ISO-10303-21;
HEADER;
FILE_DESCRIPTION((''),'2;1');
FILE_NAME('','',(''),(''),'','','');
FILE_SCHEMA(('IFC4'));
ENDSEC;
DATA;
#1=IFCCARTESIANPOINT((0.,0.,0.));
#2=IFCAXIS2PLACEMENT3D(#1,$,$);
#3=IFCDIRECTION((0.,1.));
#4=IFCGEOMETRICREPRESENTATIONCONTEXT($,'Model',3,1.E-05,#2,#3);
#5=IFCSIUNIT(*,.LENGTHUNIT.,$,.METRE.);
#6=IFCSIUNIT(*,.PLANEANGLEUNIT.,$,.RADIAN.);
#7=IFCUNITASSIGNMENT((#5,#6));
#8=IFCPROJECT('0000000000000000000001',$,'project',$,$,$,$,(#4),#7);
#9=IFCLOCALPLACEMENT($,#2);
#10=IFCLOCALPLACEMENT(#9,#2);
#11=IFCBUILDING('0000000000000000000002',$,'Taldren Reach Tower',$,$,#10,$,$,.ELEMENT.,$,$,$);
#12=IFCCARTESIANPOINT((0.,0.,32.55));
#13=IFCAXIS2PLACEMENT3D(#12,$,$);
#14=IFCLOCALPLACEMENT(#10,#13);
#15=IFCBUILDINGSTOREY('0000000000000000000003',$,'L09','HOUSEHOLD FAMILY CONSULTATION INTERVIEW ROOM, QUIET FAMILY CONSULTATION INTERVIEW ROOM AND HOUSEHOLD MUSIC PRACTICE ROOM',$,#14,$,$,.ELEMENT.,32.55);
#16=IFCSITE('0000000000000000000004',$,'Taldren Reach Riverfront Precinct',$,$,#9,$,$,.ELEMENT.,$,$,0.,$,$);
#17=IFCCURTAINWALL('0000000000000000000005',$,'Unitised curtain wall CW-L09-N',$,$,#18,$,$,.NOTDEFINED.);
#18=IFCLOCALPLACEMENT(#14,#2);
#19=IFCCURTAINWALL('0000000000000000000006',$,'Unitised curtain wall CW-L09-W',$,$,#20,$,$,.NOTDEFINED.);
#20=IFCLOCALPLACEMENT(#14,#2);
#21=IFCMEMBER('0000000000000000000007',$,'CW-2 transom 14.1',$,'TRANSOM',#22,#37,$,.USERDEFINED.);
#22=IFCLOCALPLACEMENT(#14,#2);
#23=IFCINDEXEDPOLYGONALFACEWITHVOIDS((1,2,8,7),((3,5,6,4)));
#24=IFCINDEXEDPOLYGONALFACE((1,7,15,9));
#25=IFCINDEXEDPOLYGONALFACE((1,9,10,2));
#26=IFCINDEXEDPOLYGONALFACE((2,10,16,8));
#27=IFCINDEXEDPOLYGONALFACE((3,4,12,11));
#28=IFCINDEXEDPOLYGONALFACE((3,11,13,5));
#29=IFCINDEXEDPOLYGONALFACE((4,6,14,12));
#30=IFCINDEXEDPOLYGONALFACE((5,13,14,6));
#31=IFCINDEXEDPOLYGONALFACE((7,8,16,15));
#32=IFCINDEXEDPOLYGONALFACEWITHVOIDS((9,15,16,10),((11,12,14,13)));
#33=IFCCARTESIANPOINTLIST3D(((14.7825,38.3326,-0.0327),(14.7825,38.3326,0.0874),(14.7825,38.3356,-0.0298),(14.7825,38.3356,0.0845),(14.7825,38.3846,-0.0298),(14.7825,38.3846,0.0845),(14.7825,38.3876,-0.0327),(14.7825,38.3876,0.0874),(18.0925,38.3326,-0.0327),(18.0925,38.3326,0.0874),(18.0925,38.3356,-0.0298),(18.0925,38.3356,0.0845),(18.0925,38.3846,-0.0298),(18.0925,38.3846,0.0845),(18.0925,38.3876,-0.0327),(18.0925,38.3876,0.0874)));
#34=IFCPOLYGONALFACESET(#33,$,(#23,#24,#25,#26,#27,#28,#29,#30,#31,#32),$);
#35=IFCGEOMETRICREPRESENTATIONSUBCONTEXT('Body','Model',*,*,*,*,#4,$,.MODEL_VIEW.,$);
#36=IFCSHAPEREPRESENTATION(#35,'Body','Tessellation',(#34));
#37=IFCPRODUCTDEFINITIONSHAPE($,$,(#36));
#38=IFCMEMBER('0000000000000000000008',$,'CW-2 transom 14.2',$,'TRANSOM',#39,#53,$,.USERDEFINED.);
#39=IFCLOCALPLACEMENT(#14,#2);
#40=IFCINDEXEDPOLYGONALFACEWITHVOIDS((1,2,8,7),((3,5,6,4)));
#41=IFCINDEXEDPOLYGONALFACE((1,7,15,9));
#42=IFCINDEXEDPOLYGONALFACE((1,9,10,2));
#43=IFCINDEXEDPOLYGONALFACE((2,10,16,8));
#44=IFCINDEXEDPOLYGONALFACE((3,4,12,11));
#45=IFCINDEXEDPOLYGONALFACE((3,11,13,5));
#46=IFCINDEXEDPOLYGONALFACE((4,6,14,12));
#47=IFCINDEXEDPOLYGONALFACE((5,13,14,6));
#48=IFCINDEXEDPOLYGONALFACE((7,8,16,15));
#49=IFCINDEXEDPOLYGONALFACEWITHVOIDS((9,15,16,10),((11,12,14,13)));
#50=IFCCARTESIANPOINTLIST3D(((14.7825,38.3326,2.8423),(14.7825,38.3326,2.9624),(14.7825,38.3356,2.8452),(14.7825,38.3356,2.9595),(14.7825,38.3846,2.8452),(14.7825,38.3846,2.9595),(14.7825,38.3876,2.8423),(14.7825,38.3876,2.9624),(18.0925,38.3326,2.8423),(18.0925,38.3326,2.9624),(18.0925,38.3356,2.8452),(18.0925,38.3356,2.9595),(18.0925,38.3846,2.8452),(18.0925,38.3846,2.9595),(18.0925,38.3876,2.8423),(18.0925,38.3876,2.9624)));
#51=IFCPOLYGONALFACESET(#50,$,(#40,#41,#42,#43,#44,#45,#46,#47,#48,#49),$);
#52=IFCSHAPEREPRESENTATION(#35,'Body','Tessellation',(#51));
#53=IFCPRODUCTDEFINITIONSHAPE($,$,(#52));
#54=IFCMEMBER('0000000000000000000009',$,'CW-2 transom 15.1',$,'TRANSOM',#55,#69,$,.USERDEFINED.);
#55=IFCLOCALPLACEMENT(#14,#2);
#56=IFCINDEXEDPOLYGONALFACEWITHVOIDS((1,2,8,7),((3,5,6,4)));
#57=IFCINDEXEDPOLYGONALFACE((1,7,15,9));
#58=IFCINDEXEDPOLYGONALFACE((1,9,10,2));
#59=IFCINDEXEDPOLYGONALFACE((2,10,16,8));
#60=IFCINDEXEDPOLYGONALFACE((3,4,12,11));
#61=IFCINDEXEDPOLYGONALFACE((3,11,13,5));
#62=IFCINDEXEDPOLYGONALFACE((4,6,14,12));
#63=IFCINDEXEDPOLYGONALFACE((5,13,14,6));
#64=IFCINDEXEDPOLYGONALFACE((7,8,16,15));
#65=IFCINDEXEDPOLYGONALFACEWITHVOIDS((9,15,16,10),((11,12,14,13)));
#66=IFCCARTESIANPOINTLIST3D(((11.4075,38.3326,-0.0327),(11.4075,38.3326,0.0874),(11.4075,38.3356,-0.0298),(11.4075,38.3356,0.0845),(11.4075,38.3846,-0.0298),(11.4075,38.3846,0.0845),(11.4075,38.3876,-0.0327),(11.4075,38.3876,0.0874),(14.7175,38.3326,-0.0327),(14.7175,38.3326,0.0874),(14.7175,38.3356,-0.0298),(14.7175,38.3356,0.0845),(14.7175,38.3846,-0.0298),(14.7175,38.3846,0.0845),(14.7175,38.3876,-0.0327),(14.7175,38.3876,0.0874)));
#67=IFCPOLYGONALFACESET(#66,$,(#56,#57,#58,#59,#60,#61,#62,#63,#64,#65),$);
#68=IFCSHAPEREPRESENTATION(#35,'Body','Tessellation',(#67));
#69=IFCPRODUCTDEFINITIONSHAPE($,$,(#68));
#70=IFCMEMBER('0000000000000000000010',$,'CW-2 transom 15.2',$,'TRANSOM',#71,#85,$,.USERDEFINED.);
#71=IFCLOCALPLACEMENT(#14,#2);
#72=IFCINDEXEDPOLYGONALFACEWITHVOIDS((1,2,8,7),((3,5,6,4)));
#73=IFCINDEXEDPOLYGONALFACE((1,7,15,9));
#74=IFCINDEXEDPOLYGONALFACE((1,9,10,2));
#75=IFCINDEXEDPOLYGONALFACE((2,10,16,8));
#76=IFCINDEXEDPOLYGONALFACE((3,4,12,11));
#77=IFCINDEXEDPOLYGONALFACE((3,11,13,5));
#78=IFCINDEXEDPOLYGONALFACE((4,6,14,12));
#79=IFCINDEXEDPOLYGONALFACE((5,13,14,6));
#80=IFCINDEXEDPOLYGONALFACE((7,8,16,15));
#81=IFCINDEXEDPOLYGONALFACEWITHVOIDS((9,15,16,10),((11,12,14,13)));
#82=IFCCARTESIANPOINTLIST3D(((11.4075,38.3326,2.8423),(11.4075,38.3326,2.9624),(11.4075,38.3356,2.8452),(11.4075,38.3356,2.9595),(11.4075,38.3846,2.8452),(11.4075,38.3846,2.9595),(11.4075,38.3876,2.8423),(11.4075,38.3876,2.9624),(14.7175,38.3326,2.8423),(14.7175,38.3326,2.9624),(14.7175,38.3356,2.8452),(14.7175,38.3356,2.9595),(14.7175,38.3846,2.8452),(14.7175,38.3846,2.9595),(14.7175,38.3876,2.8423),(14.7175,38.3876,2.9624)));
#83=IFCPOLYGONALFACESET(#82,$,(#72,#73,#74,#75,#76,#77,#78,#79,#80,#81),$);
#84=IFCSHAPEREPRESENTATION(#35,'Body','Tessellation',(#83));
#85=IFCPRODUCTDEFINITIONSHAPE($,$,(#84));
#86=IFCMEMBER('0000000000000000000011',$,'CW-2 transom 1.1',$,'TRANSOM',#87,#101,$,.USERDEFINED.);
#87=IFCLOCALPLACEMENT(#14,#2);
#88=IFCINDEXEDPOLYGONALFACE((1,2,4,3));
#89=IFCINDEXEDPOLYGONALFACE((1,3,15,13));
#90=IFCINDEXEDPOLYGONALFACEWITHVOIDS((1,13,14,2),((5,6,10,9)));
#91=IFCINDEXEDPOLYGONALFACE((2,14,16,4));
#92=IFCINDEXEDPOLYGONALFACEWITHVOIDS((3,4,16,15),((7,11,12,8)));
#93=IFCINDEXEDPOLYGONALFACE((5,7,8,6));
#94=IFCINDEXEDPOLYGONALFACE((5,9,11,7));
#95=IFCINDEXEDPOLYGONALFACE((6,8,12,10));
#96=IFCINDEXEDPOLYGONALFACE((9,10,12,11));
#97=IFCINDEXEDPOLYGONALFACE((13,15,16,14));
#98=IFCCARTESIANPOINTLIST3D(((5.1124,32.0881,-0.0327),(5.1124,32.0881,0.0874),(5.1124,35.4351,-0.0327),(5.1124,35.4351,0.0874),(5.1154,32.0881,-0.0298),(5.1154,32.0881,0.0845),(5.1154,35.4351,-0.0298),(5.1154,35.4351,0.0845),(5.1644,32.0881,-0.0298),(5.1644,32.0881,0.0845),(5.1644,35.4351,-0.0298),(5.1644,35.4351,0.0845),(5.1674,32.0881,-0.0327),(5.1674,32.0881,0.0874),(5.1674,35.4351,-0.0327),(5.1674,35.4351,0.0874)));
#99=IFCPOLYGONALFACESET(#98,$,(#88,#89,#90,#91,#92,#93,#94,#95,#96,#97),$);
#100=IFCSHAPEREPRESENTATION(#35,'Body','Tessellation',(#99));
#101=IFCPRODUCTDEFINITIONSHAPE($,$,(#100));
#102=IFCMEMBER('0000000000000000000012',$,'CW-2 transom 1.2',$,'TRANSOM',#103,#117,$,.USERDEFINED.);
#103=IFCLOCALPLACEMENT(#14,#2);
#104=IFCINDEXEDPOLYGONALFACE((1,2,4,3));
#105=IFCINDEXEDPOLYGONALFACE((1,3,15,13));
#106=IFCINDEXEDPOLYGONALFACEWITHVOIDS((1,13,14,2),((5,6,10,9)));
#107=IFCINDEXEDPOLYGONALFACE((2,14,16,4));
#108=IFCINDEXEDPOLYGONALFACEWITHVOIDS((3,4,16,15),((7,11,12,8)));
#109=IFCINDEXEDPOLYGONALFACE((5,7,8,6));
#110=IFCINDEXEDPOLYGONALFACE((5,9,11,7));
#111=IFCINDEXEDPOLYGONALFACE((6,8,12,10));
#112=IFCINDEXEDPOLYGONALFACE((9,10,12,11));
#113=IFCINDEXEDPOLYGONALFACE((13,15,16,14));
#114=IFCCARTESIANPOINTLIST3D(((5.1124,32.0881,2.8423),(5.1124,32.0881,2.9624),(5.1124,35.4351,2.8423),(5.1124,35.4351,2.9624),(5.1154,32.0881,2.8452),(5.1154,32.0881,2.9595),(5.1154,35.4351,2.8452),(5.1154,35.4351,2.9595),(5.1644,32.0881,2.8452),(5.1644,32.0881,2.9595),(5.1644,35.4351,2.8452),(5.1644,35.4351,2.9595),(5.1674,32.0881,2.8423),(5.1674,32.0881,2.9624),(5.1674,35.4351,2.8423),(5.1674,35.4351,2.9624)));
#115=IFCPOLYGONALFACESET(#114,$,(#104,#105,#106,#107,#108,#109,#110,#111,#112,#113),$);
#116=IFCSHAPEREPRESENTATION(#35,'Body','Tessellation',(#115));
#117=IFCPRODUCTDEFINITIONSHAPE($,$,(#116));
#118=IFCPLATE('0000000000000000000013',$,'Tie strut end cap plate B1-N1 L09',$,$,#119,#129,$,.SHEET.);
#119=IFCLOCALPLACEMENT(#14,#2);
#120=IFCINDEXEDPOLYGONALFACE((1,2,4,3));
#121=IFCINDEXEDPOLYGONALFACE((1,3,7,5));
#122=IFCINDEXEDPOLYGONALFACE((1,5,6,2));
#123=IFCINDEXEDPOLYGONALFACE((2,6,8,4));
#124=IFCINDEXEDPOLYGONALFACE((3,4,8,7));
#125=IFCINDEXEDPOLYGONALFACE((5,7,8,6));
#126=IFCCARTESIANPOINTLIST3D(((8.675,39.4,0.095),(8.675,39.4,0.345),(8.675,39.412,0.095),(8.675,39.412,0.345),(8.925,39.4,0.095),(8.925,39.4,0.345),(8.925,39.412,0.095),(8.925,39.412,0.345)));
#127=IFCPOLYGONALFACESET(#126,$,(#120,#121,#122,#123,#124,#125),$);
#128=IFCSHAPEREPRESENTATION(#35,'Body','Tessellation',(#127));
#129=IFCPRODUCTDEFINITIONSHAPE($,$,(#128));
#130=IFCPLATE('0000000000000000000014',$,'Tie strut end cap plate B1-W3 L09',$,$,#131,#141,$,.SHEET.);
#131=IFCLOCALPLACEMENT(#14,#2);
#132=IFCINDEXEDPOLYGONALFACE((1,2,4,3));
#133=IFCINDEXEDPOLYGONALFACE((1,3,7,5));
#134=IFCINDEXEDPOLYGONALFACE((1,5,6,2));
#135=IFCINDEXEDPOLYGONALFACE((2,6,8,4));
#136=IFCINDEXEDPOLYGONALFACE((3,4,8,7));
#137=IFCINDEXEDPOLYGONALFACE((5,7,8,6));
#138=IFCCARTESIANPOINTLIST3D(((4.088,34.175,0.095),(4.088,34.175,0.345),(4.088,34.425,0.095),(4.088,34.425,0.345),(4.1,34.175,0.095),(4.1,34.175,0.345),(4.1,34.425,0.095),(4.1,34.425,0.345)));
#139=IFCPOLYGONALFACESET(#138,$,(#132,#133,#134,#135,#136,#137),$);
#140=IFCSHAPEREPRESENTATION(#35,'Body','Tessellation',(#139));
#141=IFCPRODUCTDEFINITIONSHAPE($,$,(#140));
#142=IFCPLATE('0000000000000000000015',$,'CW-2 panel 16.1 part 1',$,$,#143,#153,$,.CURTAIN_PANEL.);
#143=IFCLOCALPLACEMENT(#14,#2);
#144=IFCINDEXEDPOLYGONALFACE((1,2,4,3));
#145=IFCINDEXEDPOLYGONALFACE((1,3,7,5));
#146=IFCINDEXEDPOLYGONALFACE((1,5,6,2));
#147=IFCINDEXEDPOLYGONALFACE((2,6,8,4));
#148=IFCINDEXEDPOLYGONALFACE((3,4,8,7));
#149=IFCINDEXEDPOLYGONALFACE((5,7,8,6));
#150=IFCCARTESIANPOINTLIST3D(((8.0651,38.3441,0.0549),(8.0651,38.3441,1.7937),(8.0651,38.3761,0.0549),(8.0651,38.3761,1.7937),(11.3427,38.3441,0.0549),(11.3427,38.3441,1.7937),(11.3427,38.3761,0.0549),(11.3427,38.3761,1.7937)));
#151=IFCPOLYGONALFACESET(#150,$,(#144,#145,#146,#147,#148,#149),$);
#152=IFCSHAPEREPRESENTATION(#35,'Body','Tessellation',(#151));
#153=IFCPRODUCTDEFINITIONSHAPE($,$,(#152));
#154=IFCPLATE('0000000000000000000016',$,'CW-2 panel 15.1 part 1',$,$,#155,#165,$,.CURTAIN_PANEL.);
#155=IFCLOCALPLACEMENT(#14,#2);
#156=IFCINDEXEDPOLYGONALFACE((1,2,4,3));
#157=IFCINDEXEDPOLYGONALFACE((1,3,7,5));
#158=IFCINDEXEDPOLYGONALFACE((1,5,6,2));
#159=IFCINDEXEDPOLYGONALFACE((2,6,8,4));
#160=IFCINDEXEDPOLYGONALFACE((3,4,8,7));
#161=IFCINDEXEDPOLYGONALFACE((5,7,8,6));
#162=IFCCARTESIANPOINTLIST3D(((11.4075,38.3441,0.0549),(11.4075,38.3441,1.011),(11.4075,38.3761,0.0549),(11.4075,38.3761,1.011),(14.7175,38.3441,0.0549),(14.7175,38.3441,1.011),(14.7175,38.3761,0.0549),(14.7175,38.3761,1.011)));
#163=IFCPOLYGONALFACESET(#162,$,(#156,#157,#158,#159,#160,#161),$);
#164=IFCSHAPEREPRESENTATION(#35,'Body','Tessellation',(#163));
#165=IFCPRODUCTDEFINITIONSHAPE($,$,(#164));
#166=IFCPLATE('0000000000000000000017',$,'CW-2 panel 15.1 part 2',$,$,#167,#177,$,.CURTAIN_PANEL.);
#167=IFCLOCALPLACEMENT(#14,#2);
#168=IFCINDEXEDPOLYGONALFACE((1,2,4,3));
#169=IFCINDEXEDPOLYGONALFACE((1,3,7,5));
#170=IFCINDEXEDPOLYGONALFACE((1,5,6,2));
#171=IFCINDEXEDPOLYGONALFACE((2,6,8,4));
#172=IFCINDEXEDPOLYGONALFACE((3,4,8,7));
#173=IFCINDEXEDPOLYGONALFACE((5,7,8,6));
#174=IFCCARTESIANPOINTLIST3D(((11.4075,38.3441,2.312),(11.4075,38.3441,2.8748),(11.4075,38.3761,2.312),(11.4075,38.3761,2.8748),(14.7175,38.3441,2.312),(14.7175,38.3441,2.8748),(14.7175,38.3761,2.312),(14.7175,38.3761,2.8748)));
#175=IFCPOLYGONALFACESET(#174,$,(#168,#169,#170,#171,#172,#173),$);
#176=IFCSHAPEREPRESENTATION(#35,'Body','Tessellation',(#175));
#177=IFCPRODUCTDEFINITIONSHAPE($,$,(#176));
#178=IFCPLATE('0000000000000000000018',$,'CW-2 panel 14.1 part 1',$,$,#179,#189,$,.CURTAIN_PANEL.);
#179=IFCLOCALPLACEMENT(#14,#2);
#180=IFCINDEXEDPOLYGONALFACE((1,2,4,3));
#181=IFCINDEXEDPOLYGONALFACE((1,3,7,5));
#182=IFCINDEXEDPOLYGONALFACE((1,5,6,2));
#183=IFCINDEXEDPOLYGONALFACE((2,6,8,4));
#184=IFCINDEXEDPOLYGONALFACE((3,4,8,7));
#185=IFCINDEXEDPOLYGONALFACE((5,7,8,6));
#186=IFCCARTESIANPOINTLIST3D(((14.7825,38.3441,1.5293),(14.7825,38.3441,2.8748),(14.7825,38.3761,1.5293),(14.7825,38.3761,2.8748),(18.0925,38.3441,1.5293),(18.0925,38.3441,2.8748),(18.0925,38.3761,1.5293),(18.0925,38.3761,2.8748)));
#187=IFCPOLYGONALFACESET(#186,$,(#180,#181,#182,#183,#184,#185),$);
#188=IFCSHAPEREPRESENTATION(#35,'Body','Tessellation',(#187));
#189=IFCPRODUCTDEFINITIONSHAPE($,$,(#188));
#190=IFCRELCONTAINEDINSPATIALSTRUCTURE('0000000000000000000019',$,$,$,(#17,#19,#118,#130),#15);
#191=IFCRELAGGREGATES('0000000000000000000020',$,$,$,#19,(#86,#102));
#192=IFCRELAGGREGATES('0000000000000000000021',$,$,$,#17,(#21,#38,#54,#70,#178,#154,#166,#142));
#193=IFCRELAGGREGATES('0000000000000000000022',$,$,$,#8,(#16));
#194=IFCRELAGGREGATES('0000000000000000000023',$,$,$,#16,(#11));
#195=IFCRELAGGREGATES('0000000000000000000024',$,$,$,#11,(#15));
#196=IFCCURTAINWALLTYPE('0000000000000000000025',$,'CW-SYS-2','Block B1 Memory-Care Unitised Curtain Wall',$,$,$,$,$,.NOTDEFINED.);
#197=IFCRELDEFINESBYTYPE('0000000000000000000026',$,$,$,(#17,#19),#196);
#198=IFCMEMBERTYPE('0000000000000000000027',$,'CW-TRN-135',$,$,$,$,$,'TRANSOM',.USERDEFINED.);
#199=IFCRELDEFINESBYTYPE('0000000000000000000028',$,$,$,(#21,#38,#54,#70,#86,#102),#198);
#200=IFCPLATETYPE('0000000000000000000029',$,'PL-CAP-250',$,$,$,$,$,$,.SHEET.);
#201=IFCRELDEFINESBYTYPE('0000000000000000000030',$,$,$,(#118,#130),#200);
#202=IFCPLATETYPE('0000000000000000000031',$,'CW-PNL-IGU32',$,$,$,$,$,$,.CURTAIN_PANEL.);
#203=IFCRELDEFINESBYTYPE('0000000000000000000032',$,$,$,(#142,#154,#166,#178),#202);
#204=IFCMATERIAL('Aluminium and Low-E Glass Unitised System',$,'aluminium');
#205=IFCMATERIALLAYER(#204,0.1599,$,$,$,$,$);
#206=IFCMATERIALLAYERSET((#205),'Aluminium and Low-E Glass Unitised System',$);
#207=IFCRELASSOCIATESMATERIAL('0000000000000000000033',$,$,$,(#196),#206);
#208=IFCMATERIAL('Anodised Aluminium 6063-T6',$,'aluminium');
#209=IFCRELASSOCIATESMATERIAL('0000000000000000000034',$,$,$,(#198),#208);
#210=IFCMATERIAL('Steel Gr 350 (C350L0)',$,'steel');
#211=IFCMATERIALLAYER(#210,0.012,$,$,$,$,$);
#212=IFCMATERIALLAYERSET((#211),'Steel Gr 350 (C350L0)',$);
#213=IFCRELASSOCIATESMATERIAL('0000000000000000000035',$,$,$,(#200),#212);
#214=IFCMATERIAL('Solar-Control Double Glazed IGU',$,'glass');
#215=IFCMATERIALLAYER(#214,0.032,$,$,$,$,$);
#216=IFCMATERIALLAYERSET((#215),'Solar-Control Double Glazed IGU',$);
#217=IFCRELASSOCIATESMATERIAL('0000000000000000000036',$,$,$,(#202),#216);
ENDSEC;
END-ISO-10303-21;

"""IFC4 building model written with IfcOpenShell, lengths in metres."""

from ifc_helpers import new_model, si_unit, direction, frame, origin, origin_2d, place, context, subcontext, project, spatial, rectangle, hollow_rectangle, extrude, source, transform, mapped, material, layer, layer_set, material_profile, profile_set, type_object, element, aggregate, save


model = new_model("IFC4")

# Units and contexts
model_context = context("Model", 3, precision=1e-05, world=origin(), true_north=direction((0.0, 1.0)))
body_context = subcontext(model_context, "Body", "Model", "MODEL_VIEW")
ifc_project = project(units=[si_unit("LENGTHUNIT", "METRE"), si_unit("PLANEANGLEUNIT", "RADIAN")], contexts=[model_context])

# Site, building, storey
site_placement = place(None, origin())
site = spatial("IfcSite", under=ifc_project, at=site_placement, Name="Taldren Reach Riverfront Precinct", CompositionType="ELEMENT", RefElevation=0.0)
building_placement = place(site_placement, origin())
building = spatial("IfcBuilding", under=site, at=building_placement, Name="Taldren Reach Tower", CompositionType="ELEMENT")
storey_placement = place(building_placement, frame((0.0, 0.0, 32.55)))
storey = spatial("IfcBuildingStorey", under=building, at=storey_placement, Name="L09", Description="HOUSEHOLD FAMILY CONSULTATION INTERVIEW ROOM, QUIET FAMILY CONSULTATION INTERVIEW ROOM AND HOUSEHOLD MUSIC PRACTICE ROOM", CompositionType="ELEMENT", Elevation=32.55)

# Shared definitions
ifc_material_1 = material(Name="Steel Gr 350 (C350L0)", Category="steel")

# Curtain wall
ifc_material_2 = material(Name="Aluminium and Low-E Glass Unitised System", Category="aluminium")
ifc_layer_1 = layer(ifc_material_2, 0.1599)
ifc_layer_set_1 = layer_set([ifc_layer_1], Name="Aluminium and Low-E Glass Unitised System")
curtain_wall_type = type_object("IfcCurtainWallType", Name="CW-SYS-2", Description="Block B1 Memory-Care Unitised Curtain Wall", PredefinedType="NOTDEFINED", material=ifc_layer_set_1)
curtain_wall_1_placement = place(storey_placement, origin())
curtain_wall_1 = element("IfcCurtainWall", 1, at=curtain_wall_1_placement, inside=storey, type_object=curtain_wall_type, Name="Unitised curtain wall CW-L09-N", PredefinedType="NOTDEFINED")
ifc_material_3 = material(Name="Anodised Aluminium 6063-T6", Category="aluminium")

# Curtain wall
curtain_wall_2_placement = place(storey_placement, origin())
curtain_wall_2 = element("IfcCurtainWall", 2, at=curtain_wall_2_placement, inside=storey, type_object=curtain_wall_type, Name="Unitised curtain wall CW-L09-W", PredefinedType="NOTDEFINED")

# Members
ifc_material_profile_1 = material_profile(ifc_material_3, hollow_rectangle(XDim=0.0549, YDim=0.1201, WallThickness=0.0029, at=origin_2d()), Name="ALU-120x55x3RHS")
ifc_profile_set_1 = profile_set([ifc_material_profile_1], Name="Anodised Aluminium 6063-T6")
member_type_1 = type_object("IfcMemberType", Name="CW-TRN-135", ElementType="TRANSOM", PredefinedType="USERDEFINED", material=ifc_profile_set_1)
shared_shape_1 = source(origin(), body_context, "Body", "SweptSolid", [
    extrude(hollow_rectangle(XDim=0.0549, YDim=0.1201, WallThickness=0.0029, at=origin_2d()), origin(), (0.0, 0.0, 1.0), 3.3101),
])
member_1_placement = place(storey_placement, frame((18.0925, 38.3601, 0.0273), z_axis=(-1.0, 0.0, 0.0), x_axis=(0.0, -1.0, 0.0)))
member_1 = element("IfcMember", 3, at=member_1_placement, type_object=member_type_1, Name="CW-2 transom 14.1", ObjectType="TRANSOM", PredefinedType="USERDEFINED", context=body_context, shape_type="MappedRepresentation", body=[
    mapped(shared_shape_1, transform((0.0, 0.0, 0.0), scale=1.0)),
])
member_2_placement = place(storey_placement, frame((18.0925, 38.3601, 2.9023), z_axis=(-1.0, 0.0, 0.0), x_axis=(0.0, -1.0, 0.0)))
member_2 = element("IfcMember", 4, at=member_2_placement, type_object=member_type_1, Name="CW-2 transom 14.2", ObjectType="TRANSOM", PredefinedType="USERDEFINED", context=body_context, shape_type="MappedRepresentation", body=[
    mapped(shared_shape_1, transform((0.0, 0.0, 0.0), scale=1.0)),
])
member_3_placement = place(storey_placement, frame((14.7175, 38.3601, 0.0273), z_axis=(-1.0, 0.0, 0.0), x_axis=(0.0, -1.0, 0.0)))
member_3 = element("IfcMember", 5, at=member_3_placement, type_object=member_type_1, Name="CW-2 transom 15.1", ObjectType="TRANSOM", PredefinedType="USERDEFINED", context=body_context, shape_type="MappedRepresentation", body=[
    mapped(shared_shape_1, transform((0.0, 0.0, 0.0), scale=1.0)),
])
member_4_placement = place(storey_placement, frame((14.7175, 38.3601, 2.9023), z_axis=(-1.0, 0.0, 0.0), x_axis=(0.0, -1.0, 0.0)))
member_4 = element("IfcMember", 6, at=member_4_placement, type_object=member_type_1, Name="CW-2 transom 15.2", ObjectType="TRANSOM", PredefinedType="USERDEFINED", context=body_context, shape_type="MappedRepresentation", body=[
    mapped(shared_shape_1, transform((0.0, 0.0, 0.0), scale=1.0)),
])
shared_shape_2 = source(origin(), body_context, "Body", "SweptSolid", [
    extrude(hollow_rectangle(XDim=0.0549, YDim=0.1201, WallThickness=0.0029, at=origin_2d()), origin(), (0.0, 0.0, 1.0), 3.3469),
])
member_5_placement = place(storey_placement, frame((5.1399, 35.4351, 0.0273), z_axis=(0.0, -1.0, 0.0), x_axis=(1.0, 0.0, 0.0)))
member_5 = element("IfcMember", 7, at=member_5_placement, type_object=member_type_1, Name="CW-2 transom 1.1", ObjectType="TRANSOM", PredefinedType="USERDEFINED", context=body_context, shape_type="MappedRepresentation", body=[
    mapped(shared_shape_2, transform((0.0, 0.0, 0.0), scale=1.0)),
])
member_6_placement = place(storey_placement, frame((5.1399, 35.4351, 2.9023), z_axis=(0.0, -1.0, 0.0), x_axis=(1.0, 0.0, 0.0)))
member_6 = element("IfcMember", 8, at=member_6_placement, type_object=member_type_1, Name="CW-2 transom 1.2", ObjectType="TRANSOM", PredefinedType="USERDEFINED", context=body_context, shape_type="MappedRepresentation", body=[
    mapped(shared_shape_2, transform((0.0, 0.0, 0.0), scale=1.0)),
])
aggregate(curtain_wall_2, [member_5, member_6])

# Plates
ifc_layer_2 = layer(ifc_material_1, 0.012)
ifc_layer_set_2 = layer_set([ifc_layer_2], Name="Steel Gr 350 (C350L0)")
plate_type_1 = type_object("IfcPlateType", Name="PL-CAP-250", PredefinedType="SHEET", material=ifc_layer_set_2)
shared_shape_3 = source(origin(), body_context, "Body", "SweptSolid", [
    extrude(rectangle(XDim=0.25, YDim=0.012, at=origin_2d()), origin(), (0.0, 0.0, 1.0), 0.25),
])
plate_1_placement = place(storey_placement, frame((8.8, 39.406, 0.095), z_axis=(0.0, 0.0, 1.0), x_axis=(1.0, 0.0, 0.0)))
element("IfcPlate", 9, at=plate_1_placement, inside=storey, type_object=plate_type_1, Name="Tie strut end cap plate B1-N1 L09", PredefinedType="SHEET", context=body_context, shape_type="MappedRepresentation", body=[
    mapped(shared_shape_3, transform((0.0, 0.0, 0.0), scale=1.0)),
])
shared_shape_4 = source(origin(), body_context, "Body", "SweptSolid", [
    extrude(rectangle(XDim=0.012, YDim=0.25, at=origin_2d()), origin(), (0.0, 0.0, 1.0), 0.25),
])
plate_2_placement = place(storey_placement, frame((4.094, 34.3, 0.095), z_axis=(0.0, 0.0, 1.0), x_axis=(1.0, 0.0, 0.0)))
element("IfcPlate", 10, at=plate_2_placement, inside=storey, type_object=plate_type_1, Name="Tie strut end cap plate B1-W3 L09", PredefinedType="SHEET", context=body_context, shape_type="MappedRepresentation", body=[
    mapped(shared_shape_4, transform((0.0, 0.0, 0.0), scale=1.0)),
])

# Plates
ifc_material_4 = material(Name="Solar-Control Double Glazed IGU", Category="glass")
ifc_layer_3 = layer(ifc_material_4, 0.032)
ifc_layer_set_3 = layer_set([ifc_layer_3], Name="Solar-Control Double Glazed IGU")
plate_type_2 = type_object("IfcPlateType", Name="CW-PNL-IGU32", PredefinedType="CURTAIN_PANEL", material=ifc_layer_set_3)
shared_shape_5 = source(origin(), body_context, "Body", "SweptSolid", [
    extrude(rectangle(XDim=3.2776, YDim=0.032, at=origin_2d()), origin(), (0.0, 0.0, 1.0), 1.7388),
])
plate_3_placement = place(storey_placement, frame((9.7039, 38.3601, 0.0549), z_axis=(0.0, 0.0, 1.0), x_axis=(-1.0, 0.0, 0.0)))
plate_3 = element("IfcPlate", 11, at=plate_3_placement, type_object=plate_type_2, Name="CW-2 panel 16.1 part 1", PredefinedType="CURTAIN_PANEL", context=body_context, shape_type="MappedRepresentation", body=[
    mapped(shared_shape_5, transform((0.0, 0.0, 0.0), scale=1.0)),
])
shared_shape_6 = source(origin(), body_context, "Body", "SweptSolid", [
    extrude(rectangle(XDim=3.3101, YDim=0.032, at=origin_2d()), origin(), (0.0, 0.0, 1.0), 0.9561),
])
plate_4_placement = place(storey_placement, frame((13.0625, 38.3601, 0.0549), z_axis=(0.0, 0.0, 1.0), x_axis=(-1.0, 0.0, 0.0)))
plate_4 = element("IfcPlate", 12, at=plate_4_placement, type_object=plate_type_2, Name="CW-2 panel 15.1 part 1", PredefinedType="CURTAIN_PANEL", context=body_context, shape_type="MappedRepresentation", body=[
    mapped(shared_shape_6, transform((0.0, 0.0, 0.0), scale=1.0)),
])
shared_shape_7 = source(origin(), body_context, "Body", "SweptSolid", [
    extrude(rectangle(XDim=3.3101, YDim=0.032, at=origin_2d()), origin(), (0.0, 0.0, 1.0), 0.5627),
])
plate_5_placement = place(storey_placement, frame((13.0625, 38.3601, 2.312), z_axis=(0.0, 0.0, 1.0), x_axis=(-1.0, 0.0, 0.0)))
plate_5 = element("IfcPlate", 13, at=plate_5_placement, type_object=plate_type_2, Name="CW-2 panel 15.1 part 2", PredefinedType="CURTAIN_PANEL", context=body_context, shape_type="MappedRepresentation", body=[
    mapped(shared_shape_7, transform((0.0, 0.0, 0.0), scale=1.0)),
])
shared_shape_8 = source(origin(), body_context, "Body", "SweptSolid", [
    extrude(rectangle(XDim=3.3101, YDim=0.032, at=origin_2d()), origin(), (0.0, 0.0, 1.0), 1.3455),
])
plate_6_placement = place(storey_placement, frame((16.4375, 38.3601, 1.5293), z_axis=(0.0, 0.0, 1.0), x_axis=(-1.0, 0.0, 0.0)))
plate_6 = element("IfcPlate", 14, at=plate_6_placement, type_object=plate_type_2, Name="CW-2 panel 14.1 part 1", PredefinedType="CURTAIN_PANEL", context=body_context, shape_type="MappedRepresentation", body=[
    mapped(shared_shape_8, transform((0.0, 0.0, 0.0), scale=1.0)),
])
aggregate(curtain_wall_1, [member_1, member_2, member_3, member_4, plate_6, plate_4, plate_5, plate_3])

save(model, "model.ifc")
